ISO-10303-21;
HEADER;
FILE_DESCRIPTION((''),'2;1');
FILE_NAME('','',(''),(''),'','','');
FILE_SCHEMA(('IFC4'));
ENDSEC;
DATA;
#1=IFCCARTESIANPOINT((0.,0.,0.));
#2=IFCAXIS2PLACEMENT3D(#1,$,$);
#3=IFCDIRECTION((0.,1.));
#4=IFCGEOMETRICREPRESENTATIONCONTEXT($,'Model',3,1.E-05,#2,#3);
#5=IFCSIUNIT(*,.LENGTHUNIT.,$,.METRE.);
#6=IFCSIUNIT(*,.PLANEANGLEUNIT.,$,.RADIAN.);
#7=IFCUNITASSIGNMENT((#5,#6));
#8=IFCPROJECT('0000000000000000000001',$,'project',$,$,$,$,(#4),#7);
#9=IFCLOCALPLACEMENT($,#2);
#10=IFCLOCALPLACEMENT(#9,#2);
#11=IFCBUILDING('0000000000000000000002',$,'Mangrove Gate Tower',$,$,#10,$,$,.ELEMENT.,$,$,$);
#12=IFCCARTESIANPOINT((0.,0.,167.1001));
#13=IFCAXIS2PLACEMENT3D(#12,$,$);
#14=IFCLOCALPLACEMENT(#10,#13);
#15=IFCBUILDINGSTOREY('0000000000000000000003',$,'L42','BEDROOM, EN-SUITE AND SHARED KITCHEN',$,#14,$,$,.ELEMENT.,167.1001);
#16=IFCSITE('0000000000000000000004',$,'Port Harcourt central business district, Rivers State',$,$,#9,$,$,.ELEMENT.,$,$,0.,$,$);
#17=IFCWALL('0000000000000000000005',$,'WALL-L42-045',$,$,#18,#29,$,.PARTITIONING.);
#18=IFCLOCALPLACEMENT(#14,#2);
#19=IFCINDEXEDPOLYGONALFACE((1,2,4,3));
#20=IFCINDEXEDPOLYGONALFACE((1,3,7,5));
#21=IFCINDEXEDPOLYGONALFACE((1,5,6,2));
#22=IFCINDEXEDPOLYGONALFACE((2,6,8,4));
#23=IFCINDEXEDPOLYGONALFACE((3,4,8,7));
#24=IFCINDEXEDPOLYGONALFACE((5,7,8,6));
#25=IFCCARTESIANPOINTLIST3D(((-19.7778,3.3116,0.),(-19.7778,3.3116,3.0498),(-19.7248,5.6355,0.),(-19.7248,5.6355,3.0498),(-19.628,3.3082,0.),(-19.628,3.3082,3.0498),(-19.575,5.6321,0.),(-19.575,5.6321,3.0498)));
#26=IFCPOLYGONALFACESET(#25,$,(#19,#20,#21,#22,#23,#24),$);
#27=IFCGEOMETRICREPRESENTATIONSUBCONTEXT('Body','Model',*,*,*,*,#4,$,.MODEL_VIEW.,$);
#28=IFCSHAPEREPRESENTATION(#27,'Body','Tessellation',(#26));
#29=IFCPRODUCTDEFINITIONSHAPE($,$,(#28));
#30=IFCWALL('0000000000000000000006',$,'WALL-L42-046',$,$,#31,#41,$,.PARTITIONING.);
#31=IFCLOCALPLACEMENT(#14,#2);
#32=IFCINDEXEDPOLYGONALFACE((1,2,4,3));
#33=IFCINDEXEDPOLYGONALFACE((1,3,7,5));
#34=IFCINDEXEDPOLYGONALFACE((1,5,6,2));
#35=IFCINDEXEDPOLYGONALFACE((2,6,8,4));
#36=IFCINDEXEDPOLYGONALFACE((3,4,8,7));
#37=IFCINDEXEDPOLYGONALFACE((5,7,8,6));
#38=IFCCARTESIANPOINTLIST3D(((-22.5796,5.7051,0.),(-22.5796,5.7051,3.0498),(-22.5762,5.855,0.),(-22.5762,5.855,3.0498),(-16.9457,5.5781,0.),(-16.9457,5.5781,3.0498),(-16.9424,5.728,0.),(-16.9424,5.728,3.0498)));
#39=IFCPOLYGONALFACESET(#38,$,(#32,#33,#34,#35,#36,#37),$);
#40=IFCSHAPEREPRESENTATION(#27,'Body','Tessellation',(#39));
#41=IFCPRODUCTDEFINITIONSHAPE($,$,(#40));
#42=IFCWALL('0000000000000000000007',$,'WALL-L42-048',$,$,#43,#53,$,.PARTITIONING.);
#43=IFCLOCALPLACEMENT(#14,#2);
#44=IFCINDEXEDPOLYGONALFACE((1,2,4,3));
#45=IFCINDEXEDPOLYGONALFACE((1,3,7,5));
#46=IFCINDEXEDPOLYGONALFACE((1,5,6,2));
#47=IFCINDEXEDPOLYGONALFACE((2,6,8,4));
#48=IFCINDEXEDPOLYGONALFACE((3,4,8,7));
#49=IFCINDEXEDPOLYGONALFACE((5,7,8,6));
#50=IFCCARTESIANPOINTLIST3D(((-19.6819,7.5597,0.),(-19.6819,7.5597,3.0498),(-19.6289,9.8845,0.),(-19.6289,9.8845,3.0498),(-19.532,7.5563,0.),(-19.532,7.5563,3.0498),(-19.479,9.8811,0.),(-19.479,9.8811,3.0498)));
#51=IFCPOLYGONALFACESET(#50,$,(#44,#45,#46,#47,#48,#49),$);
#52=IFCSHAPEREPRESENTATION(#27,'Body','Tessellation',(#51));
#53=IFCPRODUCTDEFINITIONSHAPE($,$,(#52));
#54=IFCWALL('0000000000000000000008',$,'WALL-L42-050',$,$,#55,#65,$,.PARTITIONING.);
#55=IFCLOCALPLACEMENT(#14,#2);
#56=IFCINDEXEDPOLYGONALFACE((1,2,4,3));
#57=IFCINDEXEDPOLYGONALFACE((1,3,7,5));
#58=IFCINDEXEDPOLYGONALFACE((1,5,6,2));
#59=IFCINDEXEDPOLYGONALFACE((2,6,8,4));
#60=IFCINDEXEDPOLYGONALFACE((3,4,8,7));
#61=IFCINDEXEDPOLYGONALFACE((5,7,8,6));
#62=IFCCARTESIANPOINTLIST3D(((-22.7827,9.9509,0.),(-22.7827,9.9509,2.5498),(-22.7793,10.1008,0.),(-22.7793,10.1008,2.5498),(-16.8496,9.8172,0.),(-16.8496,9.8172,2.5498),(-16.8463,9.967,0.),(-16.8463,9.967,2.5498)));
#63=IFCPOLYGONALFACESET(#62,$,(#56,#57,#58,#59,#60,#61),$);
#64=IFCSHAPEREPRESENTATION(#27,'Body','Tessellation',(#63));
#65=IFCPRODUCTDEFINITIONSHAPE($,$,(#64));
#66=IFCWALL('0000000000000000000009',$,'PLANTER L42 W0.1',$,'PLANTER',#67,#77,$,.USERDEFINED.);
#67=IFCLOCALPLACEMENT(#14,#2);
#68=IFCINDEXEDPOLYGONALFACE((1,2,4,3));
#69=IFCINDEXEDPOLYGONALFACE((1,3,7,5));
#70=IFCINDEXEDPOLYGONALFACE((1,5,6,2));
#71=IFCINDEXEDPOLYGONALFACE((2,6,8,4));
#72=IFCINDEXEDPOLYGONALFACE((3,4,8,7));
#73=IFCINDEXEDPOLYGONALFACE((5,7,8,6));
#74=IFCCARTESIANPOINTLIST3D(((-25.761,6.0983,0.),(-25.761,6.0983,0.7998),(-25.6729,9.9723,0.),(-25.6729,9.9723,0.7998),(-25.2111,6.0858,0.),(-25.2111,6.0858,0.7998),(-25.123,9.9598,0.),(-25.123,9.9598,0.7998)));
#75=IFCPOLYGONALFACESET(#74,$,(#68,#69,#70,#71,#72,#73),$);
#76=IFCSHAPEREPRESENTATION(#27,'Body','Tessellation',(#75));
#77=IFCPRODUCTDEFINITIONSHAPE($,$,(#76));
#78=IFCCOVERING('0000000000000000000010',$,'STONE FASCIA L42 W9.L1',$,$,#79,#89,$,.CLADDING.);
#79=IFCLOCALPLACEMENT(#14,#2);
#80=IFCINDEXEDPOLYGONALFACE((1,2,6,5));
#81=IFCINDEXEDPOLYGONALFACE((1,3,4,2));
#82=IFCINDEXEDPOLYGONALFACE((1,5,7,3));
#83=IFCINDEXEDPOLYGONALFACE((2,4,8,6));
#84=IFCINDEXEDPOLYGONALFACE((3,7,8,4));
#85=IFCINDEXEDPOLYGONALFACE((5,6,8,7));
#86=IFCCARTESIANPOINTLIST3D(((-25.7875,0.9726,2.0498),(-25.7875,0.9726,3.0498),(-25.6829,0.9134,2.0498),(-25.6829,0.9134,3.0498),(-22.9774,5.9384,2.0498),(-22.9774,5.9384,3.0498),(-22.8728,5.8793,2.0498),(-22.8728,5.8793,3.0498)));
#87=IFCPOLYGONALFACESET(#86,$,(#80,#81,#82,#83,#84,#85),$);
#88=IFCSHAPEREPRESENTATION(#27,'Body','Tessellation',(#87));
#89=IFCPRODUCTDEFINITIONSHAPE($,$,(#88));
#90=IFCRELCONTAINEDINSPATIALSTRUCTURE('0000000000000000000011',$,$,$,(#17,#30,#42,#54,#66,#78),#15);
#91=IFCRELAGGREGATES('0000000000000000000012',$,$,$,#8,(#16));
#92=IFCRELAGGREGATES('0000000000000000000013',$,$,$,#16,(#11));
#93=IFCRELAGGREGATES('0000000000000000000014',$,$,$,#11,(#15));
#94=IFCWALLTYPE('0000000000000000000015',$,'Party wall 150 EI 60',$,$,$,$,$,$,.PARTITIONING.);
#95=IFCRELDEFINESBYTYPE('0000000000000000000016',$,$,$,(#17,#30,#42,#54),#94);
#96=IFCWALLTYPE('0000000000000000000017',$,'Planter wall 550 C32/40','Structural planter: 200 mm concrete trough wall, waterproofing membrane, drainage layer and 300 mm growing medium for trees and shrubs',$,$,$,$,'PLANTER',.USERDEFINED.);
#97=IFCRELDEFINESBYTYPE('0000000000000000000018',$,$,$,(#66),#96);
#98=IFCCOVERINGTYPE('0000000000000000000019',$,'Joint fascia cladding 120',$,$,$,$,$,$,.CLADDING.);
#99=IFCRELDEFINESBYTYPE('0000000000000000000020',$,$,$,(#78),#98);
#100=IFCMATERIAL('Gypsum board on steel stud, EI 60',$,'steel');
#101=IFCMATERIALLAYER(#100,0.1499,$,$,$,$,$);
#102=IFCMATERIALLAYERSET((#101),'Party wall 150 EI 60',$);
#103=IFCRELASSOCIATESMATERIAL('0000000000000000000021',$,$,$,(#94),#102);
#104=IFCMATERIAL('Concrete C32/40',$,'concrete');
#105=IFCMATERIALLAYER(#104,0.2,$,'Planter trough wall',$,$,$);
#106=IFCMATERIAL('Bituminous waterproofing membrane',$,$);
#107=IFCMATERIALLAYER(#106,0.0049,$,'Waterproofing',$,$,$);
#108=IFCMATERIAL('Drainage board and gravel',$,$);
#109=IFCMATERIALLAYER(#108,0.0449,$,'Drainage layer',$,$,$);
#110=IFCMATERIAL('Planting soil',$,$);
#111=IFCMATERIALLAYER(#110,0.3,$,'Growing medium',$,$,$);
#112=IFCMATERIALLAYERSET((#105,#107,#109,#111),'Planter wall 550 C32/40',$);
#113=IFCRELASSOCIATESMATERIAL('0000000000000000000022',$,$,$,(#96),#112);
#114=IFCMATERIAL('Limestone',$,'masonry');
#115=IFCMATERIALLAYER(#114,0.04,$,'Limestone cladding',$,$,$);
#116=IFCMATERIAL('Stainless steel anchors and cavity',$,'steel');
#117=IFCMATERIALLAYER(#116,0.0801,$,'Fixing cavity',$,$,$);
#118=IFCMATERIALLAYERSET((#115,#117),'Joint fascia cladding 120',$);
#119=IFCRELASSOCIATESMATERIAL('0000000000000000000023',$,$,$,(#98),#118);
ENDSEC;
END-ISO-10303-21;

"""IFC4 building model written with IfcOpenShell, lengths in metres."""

from ifc_helpers import new_model, si_unit, direction, frame, frame_2d, origin, place, context, subcontext, project, spatial, rectangle, extrude, material, layer, layer_set, type_object, element, save


model = new_model("IFC4")

# Units and contexts
model_context = context("Model", 3, precision=1e-05, world=origin(), true_north=direction((0.0, 1.0)))
body_context = subcontext(model_context, "Body", "Model", "MODEL_VIEW")
ifc_project = project(units=[si_unit("LENGTHUNIT", "METRE"), si_unit("PLANEANGLEUNIT", "RADIAN")], contexts=[model_context])

# Site, building, storey
site_placement = place(None, origin())
site = spatial("IfcSite", under=ifc_project, at=site_placement, Name="Port Harcourt central business district, Rivers State", CompositionType="ELEMENT", RefElevation=0.0)
building_placement = place(site_placement, origin())
building = spatial("IfcBuilding", under=site, at=building_placement, Name="Mangrove Gate Tower", CompositionType="ELEMENT")
storey_placement = place(building_placement, frame((0.0, 0.0, 167.1001)))
storey = spatial("IfcBuildingStorey", under=building, at=storey_placement, Name="L42", Description="BEDROOM, EN-SUITE AND SHARED KITCHEN", CompositionType="ELEMENT", Elevation=167.1001)

# Shared definitions
ifc_material_1 = material(Name="Limestone", Category="masonry")

# Walls
ifc_material_2 = material(Name="Gypsum board on steel stud, EI 60", Category="steel")
ifc_layer_1 = layer(ifc_material_2, 0.1499)
ifc_layer_set_1 = layer_set([ifc_layer_1], Name="Party wall 150 EI 60")
wall_type_1 = type_object("IfcWallType", Name="Party wall 150 EI 60", PredefinedType="PARTITIONING", material=ifc_layer_set_1)
wall_1_placement = place(storey_placement, frame((-19.7029, 3.3101, 0.0), z_axis=(0.0, 0.0, 1.0), x_axis=(0.022791, 0.99974, 0.0)))
element("IfcWall", 1, at=wall_1_placement, inside=storey, type_object=wall_type_1, Name="WALL-L42-045", PredefinedType="PARTITIONING", context=body_context, shape_type="SweptSolid", body=[
    extrude(rectangle(XDim=2.3245, YDim=0.1499, at=frame_2d((1.1621, 0.0))), origin(), (0.0, 0.0, 1.0), 3.0498),
])
wall_2_placement = place(storey_placement, frame((-22.5779, 5.78, 0.0), z_axis=(0.0, 0.0, 1.0), x_axis=(0.999746, -0.022529, 0.0)))
element("IfcWall", 2, at=wall_2_placement, inside=storey, type_object=wall_type_1, Name="WALL-L42-046", PredefinedType="PARTITIONING", context=body_context, shape_type="SweptSolid", body=[
    extrude(rectangle(XDim=5.6353, YDim=0.1499, at=frame_2d((2.8176, 0.0))), origin(), (0.0, 0.0, 1.0), 3.0498),
])
wall_3_placement = place(storey_placement, frame((-19.6069, 7.5581, 0.0), z_axis=(0.0, 0.0, 1.0), x_axis=(0.022781, 0.99974, 0.0)))
element("IfcWall", 3, at=wall_3_placement, inside=storey, type_object=wall_type_1, Name="WALL-L42-048", PredefinedType="PARTITIONING", context=body_context, shape_type="SweptSolid", body=[
    extrude(rectangle(XDim=2.3254, YDim=0.1499, at=frame_2d((1.1626, 0.0))), origin(), (0.0, 0.0, 1.0), 3.0498),
])
wall_4_placement = place(storey_placement, frame((-22.781, 10.0259, 0.0), z_axis=(0.0, 0.0, 1.0), x_axis=(0.999746, -0.022544, 0.0)))
element("IfcWall", 4, at=wall_4_placement, inside=storey, type_object=wall_type_1, Name="WALL-L42-050", PredefinedType="PARTITIONING", context=body_context, shape_type="SweptSolid", body=[
    extrude(rectangle(XDim=5.9346, YDim=0.1499, at=frame_2d((2.9673, 0.0))), origin(), (0.0, 0.0, 1.0), 2.5498),
])
ifc_material_3 = material(Name="Concrete C32/40", Category="concrete")
ifc_layer_2 = layer(ifc_material_3, 0.2, Name="Planter trough wall")
ifc_material_4 = material(Name="Bituminous waterproofing membrane")
ifc_layer_3 = layer(ifc_material_4, 0.0049, Name="Waterproofing")
ifc_material_5 = material(Name="Drainage board and gravel")
ifc_layer_4 = layer(ifc_material_5, 0.0449, Name="Drainage layer")
ifc_material_6 = material(Name="Planting soil")
ifc_layer_5 = layer(ifc_material_6, 0.3, Name="Growing medium")
ifc_layer_set_2 = layer_set([ifc_layer_2, ifc_layer_3, ifc_layer_4, ifc_layer_5], Name="Planter wall 550 C32/40")
wall_type_2 = type_object("IfcWallType", Name="Planter wall 550 C32/40", Description="Structural planter: 200 mm concrete trough wall, waterproofing membrane, drainage layer and 300 mm growing medium for trees and shrubs", ElementType="PLANTER", PredefinedType="USERDEFINED", material=ifc_layer_set_2)
wall_5_placement = place(storey_placement, frame((-25.4861, 6.092, 0.0), z_axis=(0.0, 0.0, 1.0), x_axis=(0.022744, 0.999741, 0.0)))
element("IfcWall", 5, at=wall_5_placement, inside=storey, type_object=wall_type_2, Name="PLANTER L42 W0.1", ObjectType="PLANTER", PredefinedType="USERDEFINED", context=body_context, shape_type="SweptSolid", body=[
    extrude(rectangle(XDim=3.875, YDim=0.55, at=frame_2d((1.9375, 0.0))), origin(), (0.0, 0.0, 1.0), 0.7998),
])

# Covering
ifc_layer_6 = layer(ifc_material_1, 0.04, Name="Limestone cladding")
ifc_material_7 = material(Name="Stainless steel anchors and cavity", Category="steel")
ifc_layer_7 = layer(ifc_material_7, 0.0801, Name="Fixing cavity")
ifc_layer_set_3 = layer_set([ifc_layer_6, ifc_layer_7], Name="Joint fascia cladding 120")
covering_type = type_object("IfcCoveringType", Name="Joint fascia cladding 120", PredefinedType="CLADDING", material=ifc_layer_set_3)
covering_placement = place(storey_placement, frame((-22.925, 5.9089, 2.0498), z_axis=(0.0, 0.0, 1.0), x_axis=(-0.492494, -0.870316, 0.0)))
element("IfcCovering", 6, at=covering_placement, inside=storey, type_object=covering_type, Name="STONE FASCIA L42 W9.L1", PredefinedType="CLADDING", context=body_context, shape_type="SweptSolid", body=[
    extrude(rectangle(XDim=5.7058, YDim=0.1201, at=frame_2d((2.853, 0.0))), origin(), (0.0, 0.0, 1.0), 1.0),
])

save(model, "model.ifc")
